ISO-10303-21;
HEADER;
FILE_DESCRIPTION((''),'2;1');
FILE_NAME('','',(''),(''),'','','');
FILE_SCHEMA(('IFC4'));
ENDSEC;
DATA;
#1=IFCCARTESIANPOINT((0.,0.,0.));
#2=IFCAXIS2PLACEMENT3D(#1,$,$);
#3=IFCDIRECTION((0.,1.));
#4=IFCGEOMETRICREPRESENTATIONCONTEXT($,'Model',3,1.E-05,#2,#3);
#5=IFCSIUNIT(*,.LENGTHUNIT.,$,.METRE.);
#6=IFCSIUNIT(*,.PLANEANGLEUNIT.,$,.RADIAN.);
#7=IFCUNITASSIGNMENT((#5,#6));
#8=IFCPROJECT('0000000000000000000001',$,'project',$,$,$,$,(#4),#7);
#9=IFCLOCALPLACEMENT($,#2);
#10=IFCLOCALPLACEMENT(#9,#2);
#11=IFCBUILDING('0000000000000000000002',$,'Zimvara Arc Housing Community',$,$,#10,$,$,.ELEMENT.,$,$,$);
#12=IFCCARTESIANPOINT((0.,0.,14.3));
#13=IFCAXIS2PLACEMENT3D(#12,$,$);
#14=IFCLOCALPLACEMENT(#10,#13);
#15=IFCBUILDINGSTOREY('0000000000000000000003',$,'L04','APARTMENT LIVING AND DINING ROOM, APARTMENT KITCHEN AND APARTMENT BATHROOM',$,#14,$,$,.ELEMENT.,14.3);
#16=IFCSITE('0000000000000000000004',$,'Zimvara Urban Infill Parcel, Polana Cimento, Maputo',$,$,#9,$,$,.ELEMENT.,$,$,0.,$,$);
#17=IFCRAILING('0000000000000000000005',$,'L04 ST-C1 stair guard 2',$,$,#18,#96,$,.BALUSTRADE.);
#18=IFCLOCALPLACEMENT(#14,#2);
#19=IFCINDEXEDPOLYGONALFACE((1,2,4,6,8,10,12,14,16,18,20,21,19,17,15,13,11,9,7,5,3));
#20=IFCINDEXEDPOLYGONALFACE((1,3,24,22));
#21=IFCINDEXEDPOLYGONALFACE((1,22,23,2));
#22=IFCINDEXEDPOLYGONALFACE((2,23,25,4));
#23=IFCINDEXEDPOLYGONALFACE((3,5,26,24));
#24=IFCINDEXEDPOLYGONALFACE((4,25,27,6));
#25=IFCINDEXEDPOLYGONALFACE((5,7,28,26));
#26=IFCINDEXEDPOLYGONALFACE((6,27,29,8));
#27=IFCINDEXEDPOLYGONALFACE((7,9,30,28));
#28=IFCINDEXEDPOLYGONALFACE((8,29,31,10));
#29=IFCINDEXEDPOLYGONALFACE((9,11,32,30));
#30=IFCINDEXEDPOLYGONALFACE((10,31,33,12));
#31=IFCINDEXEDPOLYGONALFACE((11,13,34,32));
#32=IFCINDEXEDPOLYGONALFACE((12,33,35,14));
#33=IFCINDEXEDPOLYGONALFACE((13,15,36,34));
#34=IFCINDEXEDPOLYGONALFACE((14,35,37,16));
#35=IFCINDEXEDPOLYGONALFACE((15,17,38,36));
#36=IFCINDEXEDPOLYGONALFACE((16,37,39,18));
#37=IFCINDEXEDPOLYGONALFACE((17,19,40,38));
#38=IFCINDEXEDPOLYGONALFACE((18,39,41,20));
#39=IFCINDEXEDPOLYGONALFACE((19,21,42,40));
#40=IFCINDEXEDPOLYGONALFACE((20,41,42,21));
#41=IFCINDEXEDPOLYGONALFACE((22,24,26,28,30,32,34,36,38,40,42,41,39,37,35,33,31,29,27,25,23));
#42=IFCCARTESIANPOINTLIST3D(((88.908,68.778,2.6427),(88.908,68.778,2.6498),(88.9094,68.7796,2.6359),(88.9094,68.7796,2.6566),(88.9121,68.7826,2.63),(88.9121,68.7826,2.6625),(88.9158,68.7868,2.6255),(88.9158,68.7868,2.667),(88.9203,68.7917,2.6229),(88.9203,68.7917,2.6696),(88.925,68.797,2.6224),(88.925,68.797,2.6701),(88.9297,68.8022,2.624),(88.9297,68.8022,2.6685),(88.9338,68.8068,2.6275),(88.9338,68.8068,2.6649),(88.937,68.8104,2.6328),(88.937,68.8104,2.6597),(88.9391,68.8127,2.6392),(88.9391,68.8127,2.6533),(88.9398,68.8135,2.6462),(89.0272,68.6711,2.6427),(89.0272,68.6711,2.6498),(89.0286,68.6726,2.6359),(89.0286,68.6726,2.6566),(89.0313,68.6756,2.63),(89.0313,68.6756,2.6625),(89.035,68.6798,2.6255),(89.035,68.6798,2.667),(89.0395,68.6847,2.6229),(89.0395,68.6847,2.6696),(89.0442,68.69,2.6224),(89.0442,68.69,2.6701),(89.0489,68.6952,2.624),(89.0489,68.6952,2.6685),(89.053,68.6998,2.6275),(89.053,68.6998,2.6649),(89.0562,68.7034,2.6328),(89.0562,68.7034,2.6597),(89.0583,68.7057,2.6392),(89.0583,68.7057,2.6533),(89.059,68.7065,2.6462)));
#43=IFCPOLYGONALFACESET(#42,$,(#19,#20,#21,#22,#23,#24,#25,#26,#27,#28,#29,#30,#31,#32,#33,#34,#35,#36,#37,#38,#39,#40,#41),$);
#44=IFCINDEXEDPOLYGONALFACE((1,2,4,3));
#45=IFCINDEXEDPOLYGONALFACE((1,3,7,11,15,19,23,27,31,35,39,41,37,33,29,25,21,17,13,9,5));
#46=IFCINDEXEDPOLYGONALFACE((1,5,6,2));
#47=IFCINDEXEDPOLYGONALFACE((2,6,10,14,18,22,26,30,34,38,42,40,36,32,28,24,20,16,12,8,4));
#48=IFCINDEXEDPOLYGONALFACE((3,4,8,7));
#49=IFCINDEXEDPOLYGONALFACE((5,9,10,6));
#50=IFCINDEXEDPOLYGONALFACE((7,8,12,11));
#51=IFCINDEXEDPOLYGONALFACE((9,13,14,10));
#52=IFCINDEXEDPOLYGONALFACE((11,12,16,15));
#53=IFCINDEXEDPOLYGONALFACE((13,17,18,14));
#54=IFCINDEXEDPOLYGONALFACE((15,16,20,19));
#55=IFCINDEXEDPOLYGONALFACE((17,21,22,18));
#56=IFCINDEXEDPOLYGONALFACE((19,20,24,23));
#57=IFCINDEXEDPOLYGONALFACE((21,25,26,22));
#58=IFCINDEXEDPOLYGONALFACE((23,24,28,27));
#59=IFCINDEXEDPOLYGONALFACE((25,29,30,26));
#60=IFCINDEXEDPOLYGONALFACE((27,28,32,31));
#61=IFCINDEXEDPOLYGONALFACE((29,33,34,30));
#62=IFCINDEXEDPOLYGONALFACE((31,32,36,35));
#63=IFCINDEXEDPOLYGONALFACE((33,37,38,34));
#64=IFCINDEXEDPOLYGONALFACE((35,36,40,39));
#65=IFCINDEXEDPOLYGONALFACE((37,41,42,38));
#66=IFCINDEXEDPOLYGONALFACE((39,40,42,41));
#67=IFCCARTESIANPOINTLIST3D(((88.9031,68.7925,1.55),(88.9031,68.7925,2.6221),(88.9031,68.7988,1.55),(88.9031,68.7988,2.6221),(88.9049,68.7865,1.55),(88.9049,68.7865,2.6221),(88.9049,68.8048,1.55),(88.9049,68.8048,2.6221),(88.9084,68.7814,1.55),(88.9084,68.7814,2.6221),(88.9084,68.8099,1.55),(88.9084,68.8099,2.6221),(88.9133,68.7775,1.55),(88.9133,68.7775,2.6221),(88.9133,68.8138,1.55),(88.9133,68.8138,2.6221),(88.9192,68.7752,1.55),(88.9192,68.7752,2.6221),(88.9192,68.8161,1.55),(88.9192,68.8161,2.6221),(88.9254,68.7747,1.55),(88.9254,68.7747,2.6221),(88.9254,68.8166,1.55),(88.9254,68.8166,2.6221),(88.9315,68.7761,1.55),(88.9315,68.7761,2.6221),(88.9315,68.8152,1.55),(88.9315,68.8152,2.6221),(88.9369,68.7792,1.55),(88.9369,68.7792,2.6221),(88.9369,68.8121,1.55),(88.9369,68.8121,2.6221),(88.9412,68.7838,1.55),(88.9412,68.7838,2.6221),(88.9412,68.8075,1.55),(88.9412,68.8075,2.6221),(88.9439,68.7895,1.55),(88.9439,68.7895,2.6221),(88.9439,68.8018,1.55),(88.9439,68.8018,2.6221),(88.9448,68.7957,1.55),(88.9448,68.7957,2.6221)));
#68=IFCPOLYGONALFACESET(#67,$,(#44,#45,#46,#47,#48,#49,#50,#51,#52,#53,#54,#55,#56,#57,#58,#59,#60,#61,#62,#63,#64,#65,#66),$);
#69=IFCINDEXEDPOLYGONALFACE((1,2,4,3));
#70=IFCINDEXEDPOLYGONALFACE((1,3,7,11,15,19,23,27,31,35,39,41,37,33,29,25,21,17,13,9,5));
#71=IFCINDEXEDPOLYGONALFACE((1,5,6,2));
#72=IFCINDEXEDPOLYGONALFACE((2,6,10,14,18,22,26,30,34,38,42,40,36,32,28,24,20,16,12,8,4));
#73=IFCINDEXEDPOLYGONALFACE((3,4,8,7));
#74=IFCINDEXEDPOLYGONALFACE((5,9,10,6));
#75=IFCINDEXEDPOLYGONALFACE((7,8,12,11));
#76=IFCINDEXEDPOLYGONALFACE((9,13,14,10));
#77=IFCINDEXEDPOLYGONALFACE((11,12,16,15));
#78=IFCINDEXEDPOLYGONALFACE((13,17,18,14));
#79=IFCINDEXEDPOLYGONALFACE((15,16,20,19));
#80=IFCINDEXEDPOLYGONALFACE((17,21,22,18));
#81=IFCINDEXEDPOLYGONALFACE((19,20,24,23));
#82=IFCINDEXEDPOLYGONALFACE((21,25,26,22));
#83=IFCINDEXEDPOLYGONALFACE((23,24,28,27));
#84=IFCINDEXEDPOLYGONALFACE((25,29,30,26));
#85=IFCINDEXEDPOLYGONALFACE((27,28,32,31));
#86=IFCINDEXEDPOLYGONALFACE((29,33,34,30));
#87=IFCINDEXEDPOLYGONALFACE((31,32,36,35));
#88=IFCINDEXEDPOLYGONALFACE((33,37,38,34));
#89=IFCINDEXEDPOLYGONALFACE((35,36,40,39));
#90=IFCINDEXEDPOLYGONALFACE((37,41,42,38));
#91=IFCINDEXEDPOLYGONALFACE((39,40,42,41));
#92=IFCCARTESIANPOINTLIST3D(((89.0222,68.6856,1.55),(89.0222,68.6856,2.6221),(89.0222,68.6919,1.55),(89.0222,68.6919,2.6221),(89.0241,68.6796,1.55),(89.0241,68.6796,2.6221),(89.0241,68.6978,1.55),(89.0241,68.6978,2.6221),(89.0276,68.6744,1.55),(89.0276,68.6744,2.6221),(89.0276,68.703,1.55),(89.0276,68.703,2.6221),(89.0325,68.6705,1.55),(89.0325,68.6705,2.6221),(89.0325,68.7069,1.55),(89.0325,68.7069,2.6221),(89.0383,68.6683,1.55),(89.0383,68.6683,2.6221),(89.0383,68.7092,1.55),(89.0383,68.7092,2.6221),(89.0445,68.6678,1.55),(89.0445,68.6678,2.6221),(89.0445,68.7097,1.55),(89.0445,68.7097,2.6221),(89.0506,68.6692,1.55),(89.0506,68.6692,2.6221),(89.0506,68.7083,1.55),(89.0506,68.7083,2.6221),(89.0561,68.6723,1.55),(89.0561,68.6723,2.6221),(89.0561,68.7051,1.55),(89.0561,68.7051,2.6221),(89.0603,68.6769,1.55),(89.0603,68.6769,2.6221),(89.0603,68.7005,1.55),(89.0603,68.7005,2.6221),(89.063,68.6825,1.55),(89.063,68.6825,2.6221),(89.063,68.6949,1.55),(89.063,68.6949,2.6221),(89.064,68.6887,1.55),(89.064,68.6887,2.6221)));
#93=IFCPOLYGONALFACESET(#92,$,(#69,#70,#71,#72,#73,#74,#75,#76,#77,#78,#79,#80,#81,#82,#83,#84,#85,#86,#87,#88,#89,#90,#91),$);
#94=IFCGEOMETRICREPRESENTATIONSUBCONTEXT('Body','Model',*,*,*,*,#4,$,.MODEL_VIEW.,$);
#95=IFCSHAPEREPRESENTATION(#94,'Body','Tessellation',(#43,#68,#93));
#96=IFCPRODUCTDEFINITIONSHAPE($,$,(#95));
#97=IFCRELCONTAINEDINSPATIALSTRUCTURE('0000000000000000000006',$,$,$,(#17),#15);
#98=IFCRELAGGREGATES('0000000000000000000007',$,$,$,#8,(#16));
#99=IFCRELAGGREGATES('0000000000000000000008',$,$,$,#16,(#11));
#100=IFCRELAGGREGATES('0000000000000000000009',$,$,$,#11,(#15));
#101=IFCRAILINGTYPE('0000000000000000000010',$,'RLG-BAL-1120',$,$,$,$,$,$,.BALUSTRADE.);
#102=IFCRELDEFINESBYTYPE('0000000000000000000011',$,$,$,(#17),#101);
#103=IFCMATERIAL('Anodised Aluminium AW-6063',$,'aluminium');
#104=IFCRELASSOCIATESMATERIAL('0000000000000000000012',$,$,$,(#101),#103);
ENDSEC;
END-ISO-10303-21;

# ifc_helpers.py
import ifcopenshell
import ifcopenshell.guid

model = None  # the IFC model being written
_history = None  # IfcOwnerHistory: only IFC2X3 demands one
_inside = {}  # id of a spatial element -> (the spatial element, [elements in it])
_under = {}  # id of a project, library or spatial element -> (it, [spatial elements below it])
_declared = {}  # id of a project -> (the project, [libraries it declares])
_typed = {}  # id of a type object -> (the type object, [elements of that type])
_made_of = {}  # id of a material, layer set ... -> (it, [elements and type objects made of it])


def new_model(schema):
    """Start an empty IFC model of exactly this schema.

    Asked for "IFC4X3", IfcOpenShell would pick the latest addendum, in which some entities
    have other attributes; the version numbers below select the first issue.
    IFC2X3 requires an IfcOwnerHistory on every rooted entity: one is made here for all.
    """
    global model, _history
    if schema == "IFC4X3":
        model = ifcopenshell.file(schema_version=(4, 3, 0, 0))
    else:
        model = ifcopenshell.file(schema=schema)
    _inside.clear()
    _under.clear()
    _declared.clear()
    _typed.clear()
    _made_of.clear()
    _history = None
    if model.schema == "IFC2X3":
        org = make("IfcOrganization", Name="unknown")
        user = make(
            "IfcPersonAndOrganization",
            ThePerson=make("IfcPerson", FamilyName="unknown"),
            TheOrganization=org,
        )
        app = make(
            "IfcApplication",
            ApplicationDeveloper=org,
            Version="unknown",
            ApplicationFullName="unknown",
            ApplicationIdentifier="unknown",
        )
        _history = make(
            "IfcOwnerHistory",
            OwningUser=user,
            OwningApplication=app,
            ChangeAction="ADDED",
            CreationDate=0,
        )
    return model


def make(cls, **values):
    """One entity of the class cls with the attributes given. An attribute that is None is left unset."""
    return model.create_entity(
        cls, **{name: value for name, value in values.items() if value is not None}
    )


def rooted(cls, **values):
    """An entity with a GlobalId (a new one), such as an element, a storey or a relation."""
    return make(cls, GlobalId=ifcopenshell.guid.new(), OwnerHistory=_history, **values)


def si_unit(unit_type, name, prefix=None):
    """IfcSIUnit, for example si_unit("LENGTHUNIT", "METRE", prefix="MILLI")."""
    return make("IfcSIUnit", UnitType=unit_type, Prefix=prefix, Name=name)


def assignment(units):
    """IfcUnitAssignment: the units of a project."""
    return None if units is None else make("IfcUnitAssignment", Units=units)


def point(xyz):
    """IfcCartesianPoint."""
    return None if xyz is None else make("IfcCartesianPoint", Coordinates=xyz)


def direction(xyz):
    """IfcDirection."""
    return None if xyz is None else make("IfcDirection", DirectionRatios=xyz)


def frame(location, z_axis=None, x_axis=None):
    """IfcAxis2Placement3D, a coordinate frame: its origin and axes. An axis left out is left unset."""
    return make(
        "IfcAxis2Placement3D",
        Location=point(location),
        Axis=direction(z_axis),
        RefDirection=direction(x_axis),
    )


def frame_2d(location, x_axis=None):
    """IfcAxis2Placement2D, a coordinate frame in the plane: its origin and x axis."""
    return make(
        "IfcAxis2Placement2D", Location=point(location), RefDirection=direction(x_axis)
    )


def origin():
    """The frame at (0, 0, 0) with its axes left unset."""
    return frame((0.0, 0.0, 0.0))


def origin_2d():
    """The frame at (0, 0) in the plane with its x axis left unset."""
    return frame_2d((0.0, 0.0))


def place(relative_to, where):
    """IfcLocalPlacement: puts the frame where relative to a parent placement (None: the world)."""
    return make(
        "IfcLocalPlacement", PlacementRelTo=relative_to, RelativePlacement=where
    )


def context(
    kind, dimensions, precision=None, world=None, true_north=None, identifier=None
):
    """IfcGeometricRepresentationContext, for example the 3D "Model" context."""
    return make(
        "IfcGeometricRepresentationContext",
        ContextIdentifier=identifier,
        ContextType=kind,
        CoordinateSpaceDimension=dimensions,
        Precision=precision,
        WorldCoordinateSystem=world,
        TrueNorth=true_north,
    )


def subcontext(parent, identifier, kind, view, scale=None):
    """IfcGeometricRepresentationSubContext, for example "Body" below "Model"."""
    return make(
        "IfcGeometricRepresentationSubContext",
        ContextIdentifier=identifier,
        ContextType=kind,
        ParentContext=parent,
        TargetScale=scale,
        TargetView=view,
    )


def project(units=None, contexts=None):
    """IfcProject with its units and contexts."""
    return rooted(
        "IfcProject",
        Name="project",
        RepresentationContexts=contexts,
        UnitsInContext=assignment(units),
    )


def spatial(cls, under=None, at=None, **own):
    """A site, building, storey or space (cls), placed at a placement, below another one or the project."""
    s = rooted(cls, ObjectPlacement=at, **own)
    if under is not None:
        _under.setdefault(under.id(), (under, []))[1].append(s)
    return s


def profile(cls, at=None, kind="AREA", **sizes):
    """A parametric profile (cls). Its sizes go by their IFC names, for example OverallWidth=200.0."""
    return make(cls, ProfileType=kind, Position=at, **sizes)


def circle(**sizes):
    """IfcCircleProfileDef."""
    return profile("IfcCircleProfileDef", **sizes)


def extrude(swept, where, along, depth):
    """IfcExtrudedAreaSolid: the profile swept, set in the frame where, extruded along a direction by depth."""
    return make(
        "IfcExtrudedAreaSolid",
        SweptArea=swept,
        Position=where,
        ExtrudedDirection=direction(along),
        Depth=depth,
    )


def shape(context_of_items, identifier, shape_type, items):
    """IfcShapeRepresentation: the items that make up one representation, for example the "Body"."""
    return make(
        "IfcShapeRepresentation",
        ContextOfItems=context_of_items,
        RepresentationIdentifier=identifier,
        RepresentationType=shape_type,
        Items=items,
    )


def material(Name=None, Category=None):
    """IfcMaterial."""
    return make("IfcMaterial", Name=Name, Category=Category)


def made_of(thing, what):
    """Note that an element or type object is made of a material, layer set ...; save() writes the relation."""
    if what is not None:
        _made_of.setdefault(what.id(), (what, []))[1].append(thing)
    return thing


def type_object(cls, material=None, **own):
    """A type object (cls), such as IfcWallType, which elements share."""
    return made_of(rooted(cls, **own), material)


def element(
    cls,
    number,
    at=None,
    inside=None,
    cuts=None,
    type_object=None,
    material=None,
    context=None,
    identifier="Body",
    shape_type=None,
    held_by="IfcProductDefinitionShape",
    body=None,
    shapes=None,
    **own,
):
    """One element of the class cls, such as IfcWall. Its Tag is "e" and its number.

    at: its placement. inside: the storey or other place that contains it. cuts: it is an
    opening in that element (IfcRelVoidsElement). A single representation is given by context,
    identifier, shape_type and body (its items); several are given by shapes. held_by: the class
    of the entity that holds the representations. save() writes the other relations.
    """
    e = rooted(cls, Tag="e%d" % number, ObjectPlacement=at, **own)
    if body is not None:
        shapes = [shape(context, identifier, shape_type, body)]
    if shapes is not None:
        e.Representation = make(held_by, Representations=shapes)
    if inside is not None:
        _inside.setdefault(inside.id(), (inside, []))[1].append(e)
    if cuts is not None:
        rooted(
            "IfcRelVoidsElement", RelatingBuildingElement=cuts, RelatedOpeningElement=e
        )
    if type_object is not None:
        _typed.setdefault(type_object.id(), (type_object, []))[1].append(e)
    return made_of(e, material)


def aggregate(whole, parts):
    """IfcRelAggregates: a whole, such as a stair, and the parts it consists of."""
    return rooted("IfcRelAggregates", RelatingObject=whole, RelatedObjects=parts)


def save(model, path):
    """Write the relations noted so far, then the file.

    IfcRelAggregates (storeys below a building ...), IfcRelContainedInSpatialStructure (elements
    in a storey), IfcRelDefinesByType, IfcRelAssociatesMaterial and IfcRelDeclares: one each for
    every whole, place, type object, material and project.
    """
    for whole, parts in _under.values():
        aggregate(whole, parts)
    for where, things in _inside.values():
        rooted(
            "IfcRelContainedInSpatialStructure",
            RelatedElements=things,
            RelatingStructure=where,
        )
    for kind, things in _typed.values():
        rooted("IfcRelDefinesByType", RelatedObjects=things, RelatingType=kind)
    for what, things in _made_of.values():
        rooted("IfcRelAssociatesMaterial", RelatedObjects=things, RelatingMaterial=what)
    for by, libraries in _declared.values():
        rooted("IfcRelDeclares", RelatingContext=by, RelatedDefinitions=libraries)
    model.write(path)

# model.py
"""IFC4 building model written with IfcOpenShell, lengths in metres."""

from ifc_helpers import new_model, si_unit, direction, frame, origin, origin_2d, place, context, subcontext, project, spatial, circle, extrude, material, type_object, element, save


model = new_model("IFC4")

# Units and contexts
model_context = context("Model", 3, precision=1e-05, world=origin(), true_north=direction((0.0, 1.0)))
body_context = subcontext(model_context, "Body", "Model", "MODEL_VIEW")
ifc_project = project(units=[si_unit("LENGTHUNIT", "METRE"), si_unit("PLANEANGLEUNIT", "RADIAN")], contexts=[model_context])

# Site, building, storey
site_placement = place(None, origin())
site = spatial("IfcSite", under=ifc_project, at=site_placement, Name="Zimvara Urban Infill Parcel, Polana Cimento, Maputo", CompositionType="ELEMENT", RefElevation=0.0)
building_placement = place(site_placement, origin())
building = spatial("IfcBuilding", under=site, at=building_placement, Name="Zimvara Arc Housing Community", CompositionType="ELEMENT")
storey_placement = place(building_placement, frame((0.0, 0.0, 14.3)))
storey = spatial("IfcBuildingStorey", under=building, at=storey_placement, Name="L04", Description="APARTMENT LIVING AND DINING ROOM, APARTMENT KITCHEN AND APARTMENT BATHROOM", CompositionType="ELEMENT", Elevation=14.3)

# Railing
ifc_material_1 = material(Name="Anodised Aluminium AW-6063", Category="aluminium")
railing_type = type_object("IfcRailingType", Name="RLG-BAL-1120", PredefinedType="BALUSTRADE", material=ifc_material_1)
railing_1_placement = place(storey_placement, frame((88.9238, 68.7957, 1.55)))
element("IfcRailing", 1, at=railing_1_placement, inside=storey, type_object=railing_type, Name="L04 ST-C1 stair guard 2", PredefinedType="BALUSTRADE", context=body_context, shape_type="SweptSolid", body=[
    extrude(circle(Radius=0.0239, at=origin_2d()), frame((0.0, 0.0, 1.0962), z_axis=(0.744203, -0.667953, 0.0), x_axis=(0.667953, 0.744203, 0.0)), (0.0, 0.0, 1.0), 0.1602),
    extrude(circle(Radius=0.021, at=origin_2d()), origin(), (0.0, 0.0, 1.0), 1.072),
    extrude(circle(Radius=0.021, at=origin_2d()), frame((0.1191, -0.1069, 0.0)), (0.0, 0.0, 1.0), 1.072),
])

save(model, "model.ifc")
